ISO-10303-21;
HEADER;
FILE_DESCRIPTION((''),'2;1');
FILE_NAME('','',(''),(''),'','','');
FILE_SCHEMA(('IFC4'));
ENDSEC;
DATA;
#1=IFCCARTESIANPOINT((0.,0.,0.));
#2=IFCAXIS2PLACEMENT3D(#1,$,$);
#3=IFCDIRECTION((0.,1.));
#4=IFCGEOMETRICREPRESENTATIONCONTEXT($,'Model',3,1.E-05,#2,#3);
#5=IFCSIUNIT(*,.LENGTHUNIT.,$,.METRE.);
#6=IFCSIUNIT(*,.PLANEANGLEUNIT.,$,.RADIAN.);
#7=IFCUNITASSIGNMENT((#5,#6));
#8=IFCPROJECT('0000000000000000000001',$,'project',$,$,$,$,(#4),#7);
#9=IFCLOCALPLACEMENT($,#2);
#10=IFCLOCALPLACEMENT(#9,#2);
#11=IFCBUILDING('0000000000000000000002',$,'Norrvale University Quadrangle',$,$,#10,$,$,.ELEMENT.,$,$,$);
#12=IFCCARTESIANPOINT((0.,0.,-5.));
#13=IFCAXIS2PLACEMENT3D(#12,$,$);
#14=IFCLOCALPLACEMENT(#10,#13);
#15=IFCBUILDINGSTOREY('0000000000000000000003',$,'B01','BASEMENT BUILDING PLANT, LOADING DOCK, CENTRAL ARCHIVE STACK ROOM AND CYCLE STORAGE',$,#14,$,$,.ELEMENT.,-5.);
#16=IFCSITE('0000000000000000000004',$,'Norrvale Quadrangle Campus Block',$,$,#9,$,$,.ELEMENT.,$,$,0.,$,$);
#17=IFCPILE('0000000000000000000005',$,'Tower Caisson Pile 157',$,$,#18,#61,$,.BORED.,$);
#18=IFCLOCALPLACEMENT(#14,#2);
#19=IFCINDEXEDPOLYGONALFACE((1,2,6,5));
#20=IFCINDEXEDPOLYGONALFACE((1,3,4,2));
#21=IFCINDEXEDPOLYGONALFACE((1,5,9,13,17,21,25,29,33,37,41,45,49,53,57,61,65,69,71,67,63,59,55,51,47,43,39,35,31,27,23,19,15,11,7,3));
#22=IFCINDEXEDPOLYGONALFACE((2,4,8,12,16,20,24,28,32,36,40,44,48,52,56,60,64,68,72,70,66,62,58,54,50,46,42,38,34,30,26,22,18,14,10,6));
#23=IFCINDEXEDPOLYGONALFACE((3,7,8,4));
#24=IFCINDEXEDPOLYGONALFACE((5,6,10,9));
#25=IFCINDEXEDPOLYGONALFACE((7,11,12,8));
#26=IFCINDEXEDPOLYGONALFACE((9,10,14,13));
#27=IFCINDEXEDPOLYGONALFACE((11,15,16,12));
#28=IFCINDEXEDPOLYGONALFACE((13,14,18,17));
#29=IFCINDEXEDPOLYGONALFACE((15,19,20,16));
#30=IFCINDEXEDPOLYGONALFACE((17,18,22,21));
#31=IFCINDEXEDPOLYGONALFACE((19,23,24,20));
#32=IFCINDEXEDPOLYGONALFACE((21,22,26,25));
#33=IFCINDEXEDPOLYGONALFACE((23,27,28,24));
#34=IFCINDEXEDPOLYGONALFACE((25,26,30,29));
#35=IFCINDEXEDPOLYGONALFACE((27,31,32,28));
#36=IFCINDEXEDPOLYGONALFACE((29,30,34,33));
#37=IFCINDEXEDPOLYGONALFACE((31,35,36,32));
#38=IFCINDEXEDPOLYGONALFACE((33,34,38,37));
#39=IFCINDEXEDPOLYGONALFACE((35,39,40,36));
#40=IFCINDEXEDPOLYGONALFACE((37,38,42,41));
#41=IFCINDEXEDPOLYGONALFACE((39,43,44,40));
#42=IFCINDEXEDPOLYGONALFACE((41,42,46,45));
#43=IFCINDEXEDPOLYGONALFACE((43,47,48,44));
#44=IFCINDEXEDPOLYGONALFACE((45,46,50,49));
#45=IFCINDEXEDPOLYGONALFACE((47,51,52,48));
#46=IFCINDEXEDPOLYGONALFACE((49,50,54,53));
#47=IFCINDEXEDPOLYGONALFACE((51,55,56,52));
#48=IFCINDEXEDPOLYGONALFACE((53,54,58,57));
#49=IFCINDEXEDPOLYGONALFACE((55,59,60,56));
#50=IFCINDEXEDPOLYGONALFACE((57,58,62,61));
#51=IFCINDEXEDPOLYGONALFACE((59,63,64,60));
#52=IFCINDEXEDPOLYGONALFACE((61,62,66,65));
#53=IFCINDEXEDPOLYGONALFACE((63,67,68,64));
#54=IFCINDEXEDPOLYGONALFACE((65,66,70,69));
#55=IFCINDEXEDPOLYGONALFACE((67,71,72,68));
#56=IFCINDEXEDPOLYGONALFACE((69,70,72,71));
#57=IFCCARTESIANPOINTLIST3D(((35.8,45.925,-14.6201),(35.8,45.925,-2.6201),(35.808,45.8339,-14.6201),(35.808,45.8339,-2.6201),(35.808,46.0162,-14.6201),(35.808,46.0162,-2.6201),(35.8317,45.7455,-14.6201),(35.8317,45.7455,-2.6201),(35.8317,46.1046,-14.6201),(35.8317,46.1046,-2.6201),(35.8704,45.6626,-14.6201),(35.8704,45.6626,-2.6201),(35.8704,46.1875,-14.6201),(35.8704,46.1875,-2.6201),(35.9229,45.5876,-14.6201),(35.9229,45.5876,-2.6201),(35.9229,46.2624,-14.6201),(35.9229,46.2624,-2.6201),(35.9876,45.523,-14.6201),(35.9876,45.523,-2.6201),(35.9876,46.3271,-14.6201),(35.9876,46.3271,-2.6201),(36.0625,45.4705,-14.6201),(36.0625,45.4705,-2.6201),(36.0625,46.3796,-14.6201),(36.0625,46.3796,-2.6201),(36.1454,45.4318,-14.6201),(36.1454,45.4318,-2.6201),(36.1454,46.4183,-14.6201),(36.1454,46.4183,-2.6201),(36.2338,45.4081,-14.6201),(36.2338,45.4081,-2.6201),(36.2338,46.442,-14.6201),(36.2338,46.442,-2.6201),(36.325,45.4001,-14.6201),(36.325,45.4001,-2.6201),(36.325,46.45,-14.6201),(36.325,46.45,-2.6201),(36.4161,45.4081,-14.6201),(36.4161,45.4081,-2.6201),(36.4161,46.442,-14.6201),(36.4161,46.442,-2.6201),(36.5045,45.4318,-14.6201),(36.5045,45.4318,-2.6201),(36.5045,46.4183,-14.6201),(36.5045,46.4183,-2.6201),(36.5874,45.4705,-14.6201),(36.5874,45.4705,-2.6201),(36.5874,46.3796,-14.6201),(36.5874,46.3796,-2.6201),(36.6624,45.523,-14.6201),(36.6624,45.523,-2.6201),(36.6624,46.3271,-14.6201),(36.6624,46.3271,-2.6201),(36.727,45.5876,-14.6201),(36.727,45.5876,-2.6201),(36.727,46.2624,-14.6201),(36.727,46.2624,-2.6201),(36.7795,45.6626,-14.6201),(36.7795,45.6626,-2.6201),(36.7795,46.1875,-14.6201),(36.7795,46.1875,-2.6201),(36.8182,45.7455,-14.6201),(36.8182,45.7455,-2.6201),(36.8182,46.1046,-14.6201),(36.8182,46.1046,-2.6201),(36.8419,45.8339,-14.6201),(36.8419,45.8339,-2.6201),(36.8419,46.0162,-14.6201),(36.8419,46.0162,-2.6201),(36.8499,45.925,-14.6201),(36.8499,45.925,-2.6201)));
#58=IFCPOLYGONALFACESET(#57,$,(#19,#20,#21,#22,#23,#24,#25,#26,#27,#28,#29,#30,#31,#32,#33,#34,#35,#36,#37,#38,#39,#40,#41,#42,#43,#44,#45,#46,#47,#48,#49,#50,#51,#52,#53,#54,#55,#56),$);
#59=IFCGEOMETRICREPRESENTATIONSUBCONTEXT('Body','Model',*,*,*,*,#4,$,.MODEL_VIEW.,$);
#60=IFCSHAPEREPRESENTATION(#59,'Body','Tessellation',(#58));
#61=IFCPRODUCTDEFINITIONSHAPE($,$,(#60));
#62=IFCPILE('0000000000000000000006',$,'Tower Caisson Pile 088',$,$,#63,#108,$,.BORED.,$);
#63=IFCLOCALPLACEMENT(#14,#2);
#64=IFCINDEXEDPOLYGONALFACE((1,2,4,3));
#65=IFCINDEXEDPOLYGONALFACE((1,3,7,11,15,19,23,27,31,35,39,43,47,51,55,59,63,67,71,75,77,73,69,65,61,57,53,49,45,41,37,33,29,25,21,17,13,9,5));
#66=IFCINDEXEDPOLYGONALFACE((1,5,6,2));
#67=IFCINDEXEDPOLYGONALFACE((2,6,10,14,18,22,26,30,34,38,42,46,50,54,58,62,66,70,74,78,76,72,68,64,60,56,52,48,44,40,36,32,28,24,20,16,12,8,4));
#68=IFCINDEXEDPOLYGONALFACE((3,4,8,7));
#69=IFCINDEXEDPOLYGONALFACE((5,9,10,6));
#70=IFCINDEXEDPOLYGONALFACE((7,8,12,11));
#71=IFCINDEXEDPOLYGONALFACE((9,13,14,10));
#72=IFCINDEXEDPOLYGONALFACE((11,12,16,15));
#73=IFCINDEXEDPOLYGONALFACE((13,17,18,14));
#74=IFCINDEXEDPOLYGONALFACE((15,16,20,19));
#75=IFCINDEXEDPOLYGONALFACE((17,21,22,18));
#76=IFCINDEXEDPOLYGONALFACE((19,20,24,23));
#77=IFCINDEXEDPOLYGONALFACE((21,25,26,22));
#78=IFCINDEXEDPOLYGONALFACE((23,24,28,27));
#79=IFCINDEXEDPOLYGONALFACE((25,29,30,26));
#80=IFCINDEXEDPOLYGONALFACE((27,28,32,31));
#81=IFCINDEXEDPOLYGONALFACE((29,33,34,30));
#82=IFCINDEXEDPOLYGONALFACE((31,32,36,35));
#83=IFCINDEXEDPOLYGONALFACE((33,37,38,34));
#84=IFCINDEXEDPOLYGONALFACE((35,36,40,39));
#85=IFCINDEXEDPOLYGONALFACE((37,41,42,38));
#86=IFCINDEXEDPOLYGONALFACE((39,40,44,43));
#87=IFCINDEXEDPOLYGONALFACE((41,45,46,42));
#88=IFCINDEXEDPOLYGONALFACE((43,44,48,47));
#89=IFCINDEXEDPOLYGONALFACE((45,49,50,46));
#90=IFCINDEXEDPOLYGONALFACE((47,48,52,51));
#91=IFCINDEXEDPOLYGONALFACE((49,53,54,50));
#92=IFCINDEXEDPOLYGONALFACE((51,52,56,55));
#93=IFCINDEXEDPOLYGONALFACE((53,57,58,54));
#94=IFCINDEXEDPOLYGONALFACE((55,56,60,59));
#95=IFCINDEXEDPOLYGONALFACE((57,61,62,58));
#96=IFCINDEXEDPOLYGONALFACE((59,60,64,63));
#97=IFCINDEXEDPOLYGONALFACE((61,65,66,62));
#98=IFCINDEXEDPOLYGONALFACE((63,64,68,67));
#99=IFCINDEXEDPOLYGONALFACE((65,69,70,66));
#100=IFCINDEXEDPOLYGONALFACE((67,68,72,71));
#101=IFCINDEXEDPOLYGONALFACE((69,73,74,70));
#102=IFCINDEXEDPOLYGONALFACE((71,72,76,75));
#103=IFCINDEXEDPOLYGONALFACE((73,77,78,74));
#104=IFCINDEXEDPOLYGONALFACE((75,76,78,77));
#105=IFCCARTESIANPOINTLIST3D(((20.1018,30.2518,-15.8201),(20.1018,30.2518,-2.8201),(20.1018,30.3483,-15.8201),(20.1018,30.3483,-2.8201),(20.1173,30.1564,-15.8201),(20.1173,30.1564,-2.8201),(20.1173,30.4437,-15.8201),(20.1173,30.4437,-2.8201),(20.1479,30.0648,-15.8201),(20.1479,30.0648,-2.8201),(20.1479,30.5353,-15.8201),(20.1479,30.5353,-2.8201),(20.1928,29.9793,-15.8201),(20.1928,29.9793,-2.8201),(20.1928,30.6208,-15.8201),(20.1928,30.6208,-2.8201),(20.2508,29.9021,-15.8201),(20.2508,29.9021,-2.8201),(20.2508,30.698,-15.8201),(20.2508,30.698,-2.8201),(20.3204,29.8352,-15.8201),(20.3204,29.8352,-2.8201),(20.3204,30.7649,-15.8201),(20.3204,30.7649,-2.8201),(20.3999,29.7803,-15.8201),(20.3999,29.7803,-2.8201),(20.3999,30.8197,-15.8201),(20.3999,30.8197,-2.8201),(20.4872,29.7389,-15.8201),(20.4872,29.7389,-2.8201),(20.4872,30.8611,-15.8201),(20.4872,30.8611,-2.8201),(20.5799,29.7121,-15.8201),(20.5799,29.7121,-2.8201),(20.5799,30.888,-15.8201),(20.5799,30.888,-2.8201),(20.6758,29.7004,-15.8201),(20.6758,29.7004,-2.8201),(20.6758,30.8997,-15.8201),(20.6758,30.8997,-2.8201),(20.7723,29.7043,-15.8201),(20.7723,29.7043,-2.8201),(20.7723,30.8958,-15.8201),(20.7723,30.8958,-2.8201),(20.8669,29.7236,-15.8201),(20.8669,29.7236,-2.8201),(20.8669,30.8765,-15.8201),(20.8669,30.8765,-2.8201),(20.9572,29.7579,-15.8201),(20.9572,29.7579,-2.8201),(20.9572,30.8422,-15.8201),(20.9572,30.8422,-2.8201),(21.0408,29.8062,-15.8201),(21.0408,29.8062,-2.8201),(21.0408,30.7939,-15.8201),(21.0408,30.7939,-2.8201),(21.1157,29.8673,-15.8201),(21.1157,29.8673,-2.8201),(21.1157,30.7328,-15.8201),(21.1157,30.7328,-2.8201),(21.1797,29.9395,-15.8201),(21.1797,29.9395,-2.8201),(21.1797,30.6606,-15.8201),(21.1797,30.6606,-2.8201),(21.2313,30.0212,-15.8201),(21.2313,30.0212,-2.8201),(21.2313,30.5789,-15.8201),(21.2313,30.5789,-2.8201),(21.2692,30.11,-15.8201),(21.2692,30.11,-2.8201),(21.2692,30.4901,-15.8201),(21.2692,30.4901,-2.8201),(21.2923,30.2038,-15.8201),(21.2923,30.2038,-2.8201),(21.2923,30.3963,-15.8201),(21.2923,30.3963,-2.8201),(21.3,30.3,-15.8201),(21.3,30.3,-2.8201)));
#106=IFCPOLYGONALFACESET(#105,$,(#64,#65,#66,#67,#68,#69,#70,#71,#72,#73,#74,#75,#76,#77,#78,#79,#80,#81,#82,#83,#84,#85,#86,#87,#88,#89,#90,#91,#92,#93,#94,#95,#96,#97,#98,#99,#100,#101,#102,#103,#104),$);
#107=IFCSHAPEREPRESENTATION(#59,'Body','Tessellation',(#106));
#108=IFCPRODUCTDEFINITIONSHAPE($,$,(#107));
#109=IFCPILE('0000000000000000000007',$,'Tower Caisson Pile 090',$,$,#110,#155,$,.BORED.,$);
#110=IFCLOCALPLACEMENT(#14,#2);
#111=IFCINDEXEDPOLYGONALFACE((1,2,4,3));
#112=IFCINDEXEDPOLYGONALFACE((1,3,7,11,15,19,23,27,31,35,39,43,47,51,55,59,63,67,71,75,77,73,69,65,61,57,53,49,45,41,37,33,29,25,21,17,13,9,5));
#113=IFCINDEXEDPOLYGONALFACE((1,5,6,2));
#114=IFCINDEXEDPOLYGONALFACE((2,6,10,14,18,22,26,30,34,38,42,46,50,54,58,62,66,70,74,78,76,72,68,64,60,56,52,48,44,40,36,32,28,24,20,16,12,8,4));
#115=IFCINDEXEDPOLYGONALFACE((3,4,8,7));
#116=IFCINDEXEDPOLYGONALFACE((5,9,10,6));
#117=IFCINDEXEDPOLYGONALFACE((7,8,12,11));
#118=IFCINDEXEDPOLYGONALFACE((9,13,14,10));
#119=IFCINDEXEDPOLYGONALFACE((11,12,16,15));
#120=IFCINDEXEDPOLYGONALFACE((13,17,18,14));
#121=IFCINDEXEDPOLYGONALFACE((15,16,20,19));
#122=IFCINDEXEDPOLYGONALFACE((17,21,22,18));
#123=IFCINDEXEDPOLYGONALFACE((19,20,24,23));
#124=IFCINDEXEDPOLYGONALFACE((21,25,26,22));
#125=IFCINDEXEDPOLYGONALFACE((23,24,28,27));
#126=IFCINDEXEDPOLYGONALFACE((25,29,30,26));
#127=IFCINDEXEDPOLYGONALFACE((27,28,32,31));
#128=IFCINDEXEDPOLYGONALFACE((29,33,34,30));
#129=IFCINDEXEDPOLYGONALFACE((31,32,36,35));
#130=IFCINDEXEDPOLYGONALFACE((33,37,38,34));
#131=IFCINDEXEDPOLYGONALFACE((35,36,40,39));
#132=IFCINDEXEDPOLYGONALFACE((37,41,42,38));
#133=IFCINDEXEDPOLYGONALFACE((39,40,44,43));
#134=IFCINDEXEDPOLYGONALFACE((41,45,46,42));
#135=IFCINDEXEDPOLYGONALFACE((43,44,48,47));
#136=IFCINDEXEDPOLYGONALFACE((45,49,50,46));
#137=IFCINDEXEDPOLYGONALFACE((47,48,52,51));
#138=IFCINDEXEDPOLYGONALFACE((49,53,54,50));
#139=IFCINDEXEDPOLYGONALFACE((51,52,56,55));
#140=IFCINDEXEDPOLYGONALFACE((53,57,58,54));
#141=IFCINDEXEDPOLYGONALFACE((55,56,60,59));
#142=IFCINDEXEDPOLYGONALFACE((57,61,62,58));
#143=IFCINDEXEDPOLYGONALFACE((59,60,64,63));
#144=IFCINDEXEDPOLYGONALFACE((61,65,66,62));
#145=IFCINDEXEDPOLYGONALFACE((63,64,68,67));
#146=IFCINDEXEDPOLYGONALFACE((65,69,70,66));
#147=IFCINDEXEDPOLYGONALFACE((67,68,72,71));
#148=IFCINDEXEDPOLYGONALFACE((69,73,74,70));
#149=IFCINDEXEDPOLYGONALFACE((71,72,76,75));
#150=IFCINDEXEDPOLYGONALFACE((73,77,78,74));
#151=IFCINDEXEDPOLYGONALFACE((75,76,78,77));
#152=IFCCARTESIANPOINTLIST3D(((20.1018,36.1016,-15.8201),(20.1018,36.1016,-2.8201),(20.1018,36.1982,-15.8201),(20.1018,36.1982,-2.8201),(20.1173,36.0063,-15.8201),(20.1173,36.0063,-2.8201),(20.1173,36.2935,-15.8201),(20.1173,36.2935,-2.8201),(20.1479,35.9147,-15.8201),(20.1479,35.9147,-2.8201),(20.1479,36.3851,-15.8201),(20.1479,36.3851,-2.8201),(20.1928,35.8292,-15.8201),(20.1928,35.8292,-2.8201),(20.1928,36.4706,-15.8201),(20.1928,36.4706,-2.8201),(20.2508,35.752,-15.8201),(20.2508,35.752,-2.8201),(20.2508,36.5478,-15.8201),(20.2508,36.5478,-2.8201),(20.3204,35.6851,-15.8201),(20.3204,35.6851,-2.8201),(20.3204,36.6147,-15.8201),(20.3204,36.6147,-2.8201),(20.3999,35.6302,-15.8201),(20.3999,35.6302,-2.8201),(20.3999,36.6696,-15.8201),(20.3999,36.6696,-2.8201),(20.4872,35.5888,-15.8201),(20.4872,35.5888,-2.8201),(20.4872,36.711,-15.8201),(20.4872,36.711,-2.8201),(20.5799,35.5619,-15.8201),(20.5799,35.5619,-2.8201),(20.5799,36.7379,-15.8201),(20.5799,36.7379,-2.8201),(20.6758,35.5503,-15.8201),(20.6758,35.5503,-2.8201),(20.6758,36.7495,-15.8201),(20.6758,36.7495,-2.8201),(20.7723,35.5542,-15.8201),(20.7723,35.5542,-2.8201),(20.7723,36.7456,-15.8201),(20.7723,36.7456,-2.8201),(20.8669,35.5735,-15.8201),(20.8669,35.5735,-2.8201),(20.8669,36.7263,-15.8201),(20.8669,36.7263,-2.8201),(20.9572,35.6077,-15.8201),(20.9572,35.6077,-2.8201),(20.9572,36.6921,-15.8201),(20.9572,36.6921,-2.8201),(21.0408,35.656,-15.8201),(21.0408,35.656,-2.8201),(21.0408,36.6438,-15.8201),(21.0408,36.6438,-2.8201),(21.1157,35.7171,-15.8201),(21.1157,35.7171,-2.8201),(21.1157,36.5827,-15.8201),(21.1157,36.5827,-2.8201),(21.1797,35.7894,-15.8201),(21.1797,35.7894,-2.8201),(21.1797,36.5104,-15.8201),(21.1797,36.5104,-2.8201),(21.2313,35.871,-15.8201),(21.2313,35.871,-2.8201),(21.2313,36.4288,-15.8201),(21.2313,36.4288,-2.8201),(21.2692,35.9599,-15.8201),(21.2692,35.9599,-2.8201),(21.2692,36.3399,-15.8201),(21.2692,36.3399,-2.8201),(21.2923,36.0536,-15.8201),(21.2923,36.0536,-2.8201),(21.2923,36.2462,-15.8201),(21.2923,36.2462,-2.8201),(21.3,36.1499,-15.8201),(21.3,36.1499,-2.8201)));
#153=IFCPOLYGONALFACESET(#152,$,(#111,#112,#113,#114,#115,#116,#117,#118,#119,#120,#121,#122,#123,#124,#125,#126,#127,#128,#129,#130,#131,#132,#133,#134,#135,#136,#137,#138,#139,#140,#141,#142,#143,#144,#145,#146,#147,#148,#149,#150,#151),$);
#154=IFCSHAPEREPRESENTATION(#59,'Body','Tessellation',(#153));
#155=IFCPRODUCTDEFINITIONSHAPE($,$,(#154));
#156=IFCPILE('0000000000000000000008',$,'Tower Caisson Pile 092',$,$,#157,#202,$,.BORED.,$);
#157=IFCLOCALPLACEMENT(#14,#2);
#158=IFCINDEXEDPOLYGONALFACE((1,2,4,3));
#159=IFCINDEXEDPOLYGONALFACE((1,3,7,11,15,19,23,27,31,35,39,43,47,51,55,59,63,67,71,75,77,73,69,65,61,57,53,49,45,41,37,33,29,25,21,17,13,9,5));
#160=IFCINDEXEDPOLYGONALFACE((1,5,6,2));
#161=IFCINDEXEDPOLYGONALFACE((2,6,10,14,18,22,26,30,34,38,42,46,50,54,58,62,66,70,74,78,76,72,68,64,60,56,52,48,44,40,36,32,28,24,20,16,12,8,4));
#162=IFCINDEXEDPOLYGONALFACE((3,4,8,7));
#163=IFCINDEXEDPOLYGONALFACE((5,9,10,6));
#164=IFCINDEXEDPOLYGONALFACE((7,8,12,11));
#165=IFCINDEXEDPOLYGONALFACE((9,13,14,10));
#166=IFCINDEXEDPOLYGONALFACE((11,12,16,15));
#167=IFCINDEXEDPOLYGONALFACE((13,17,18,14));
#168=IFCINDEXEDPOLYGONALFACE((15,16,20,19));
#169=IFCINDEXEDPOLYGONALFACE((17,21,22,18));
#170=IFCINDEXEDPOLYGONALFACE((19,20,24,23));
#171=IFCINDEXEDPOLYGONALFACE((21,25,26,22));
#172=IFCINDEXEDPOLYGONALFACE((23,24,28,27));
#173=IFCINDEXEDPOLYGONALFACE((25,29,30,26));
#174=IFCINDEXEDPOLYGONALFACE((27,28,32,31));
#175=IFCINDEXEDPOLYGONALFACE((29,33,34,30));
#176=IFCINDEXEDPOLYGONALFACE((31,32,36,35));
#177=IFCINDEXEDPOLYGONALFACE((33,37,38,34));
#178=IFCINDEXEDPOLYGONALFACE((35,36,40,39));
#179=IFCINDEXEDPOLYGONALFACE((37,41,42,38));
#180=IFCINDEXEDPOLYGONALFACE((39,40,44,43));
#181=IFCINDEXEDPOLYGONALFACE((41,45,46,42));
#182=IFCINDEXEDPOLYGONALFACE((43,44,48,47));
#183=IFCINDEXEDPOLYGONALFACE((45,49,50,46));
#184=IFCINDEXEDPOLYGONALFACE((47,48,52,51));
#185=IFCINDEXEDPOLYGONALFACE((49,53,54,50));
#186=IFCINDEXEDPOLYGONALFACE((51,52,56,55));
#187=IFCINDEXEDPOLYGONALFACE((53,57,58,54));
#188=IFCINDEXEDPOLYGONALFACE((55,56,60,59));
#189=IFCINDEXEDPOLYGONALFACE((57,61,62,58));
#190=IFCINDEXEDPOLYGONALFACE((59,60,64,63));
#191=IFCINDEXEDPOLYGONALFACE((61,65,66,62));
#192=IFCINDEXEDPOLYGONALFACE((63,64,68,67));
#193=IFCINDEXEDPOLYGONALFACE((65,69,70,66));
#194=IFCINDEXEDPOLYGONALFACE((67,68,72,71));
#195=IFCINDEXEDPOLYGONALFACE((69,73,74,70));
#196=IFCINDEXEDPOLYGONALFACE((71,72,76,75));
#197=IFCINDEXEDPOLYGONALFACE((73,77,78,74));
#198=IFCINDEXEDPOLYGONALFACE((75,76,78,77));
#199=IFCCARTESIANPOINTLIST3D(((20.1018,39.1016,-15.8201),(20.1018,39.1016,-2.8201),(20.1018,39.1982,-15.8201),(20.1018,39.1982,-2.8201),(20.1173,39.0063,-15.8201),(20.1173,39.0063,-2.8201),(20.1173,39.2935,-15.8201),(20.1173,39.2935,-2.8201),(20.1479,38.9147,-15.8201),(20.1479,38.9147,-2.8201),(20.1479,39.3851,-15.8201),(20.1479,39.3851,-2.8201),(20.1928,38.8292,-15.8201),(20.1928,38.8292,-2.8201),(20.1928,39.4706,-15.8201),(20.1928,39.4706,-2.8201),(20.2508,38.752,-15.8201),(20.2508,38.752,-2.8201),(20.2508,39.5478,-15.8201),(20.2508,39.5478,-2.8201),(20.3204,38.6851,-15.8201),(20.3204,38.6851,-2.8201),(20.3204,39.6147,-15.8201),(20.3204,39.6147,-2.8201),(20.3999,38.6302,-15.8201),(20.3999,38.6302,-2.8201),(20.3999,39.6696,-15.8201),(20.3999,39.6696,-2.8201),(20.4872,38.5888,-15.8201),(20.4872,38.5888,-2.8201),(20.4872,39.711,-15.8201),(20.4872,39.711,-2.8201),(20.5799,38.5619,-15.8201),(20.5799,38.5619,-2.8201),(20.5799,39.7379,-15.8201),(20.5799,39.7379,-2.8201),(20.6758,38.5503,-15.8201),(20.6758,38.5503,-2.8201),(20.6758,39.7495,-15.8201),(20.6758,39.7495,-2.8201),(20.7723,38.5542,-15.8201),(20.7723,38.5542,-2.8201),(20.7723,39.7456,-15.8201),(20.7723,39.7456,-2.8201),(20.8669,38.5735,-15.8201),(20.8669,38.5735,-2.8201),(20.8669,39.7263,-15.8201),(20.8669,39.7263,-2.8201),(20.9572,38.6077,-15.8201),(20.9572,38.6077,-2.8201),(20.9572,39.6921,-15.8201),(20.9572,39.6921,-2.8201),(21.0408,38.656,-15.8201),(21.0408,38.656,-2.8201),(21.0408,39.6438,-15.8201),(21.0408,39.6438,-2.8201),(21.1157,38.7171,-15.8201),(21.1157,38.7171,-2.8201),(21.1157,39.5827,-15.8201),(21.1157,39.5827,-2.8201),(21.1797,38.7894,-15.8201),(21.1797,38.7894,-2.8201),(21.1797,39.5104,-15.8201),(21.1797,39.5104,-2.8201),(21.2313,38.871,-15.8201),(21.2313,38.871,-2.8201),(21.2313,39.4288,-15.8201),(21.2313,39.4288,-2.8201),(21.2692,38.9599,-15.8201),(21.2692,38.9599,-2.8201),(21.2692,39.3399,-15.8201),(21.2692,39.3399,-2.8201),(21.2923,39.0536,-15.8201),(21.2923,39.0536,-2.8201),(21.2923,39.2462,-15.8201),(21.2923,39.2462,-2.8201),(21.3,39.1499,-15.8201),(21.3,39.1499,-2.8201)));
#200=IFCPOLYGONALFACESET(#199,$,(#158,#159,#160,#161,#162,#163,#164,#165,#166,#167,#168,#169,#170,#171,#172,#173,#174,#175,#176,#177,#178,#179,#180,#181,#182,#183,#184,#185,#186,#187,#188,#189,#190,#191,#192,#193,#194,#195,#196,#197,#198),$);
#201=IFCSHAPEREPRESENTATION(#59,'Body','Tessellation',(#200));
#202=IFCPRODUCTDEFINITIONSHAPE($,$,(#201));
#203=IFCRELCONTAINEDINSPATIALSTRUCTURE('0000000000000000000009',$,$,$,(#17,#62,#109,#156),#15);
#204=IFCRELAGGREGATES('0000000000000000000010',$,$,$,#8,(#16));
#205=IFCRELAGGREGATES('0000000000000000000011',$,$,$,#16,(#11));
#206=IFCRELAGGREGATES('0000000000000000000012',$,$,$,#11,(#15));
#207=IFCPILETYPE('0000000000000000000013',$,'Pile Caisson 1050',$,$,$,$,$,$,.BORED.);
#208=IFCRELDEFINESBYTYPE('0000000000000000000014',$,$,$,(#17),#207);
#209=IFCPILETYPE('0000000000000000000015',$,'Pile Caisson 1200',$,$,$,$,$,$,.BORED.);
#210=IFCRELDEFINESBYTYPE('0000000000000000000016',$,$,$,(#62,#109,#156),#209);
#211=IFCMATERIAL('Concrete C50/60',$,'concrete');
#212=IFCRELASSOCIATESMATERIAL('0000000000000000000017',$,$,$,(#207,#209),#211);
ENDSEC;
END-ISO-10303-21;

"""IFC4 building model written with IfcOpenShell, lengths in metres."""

from ifc_helpers import new_model, si_unit, direction, frame, origin, origin_2d, place, context, subcontext, project, spatial, circle, extrude, material, material_profile, profile_set, type_object, element, save


model = new_model("IFC4")

# Units and contexts
model_context = context("Model", 3, precision=1e-05, world=origin(), true_north=direction((0.0, 1.0)))
body_context = subcontext(model_context, "Body", "Model", "MODEL_VIEW")
ifc_project = project(units=[si_unit("LENGTHUNIT", "METRE"), si_unit("PLANEANGLEUNIT", "RADIAN")], contexts=[model_context])

# Site, building, storey
site_placement = place(None, origin())
site = spatial("IfcSite", under=ifc_project, at=site_placement, Name="Norrvale Quadrangle Campus Block", CompositionType="ELEMENT", RefElevation=0.0)
building_placement = place(site_placement, origin())
building = spatial("IfcBuilding", under=site, at=building_placement, Name="Norrvale University Quadrangle", CompositionType="ELEMENT")
storey_placement = place(building_placement, frame((0.0, 0.0, -5.0)))
storey = spatial("IfcBuildingStorey", under=building, at=storey_placement, Name="B01", Description="BASEMENT BUILDING PLANT, LOADING DOCK, CENTRAL ARCHIVE STACK ROOM AND CYCLE STORAGE", CompositionType="ELEMENT", Elevation=-5.0)

# Shared definitions
ifc_material_1 = material(Name="Concrete C50/60", Category="concrete")

# Piles
ifc_material_profile_1 = material_profile(ifc_material_1, circle(Radius=0.5249, at=origin_2d()), Name="Concrete C50/60")
ifc_profile_set_1 = profile_set([ifc_material_profile_1], Name="Concrete C50/60")
pile_type_1 = type_object("IfcPileType", Name="Pile Caisson 1050", PredefinedType="BORED", material=ifc_profile_set_1)
for number, where, z_axis, x_axis, name in (
    (1, (36.325, 45.925, -2.6201), (0.0, 0.0, -1.0), (1.0, 0.0, 0.0), "Tower Caisson Pile 157"),
):
    element("IfcPile", number, at=place(storey_placement, frame(where, z_axis=z_axis, x_axis=x_axis)), inside=storey, type_object=pile_type_1, Name=name, PredefinedType="BORED", context=body_context, shape_type="SweptSolid", body=[
        extrude(circle(Radius=0.5249, at=origin_2d()), origin(), (0.0, 0.0, 1.0), 12.0),
    ])
ifc_material_profile_2 = material_profile(ifc_material_1, circle(Radius=0.6001, at=origin_2d()), Name="Concrete C50/60")
ifc_profile_set_2 = profile_set([ifc_material_profile_2], Name="Concrete C50/60")
pile_type_2 = type_object("IfcPileType", Name="Pile Caisson 1200", PredefinedType="BORED", material=ifc_profile_set_2)
for number, where, z_axis, x_axis, name in (
    (2, (20.7, 30.3, -2.8201), (0.0, 0.0, -1.0), (1.0, 0.0, 0.0), "Tower Caisson Pile 088"),
    (3, (20.7, 36.1499, -2.8201), (0.0, 0.0, -1.0), (1.0, 0.0, 0.0), "Tower Caisson Pile 090"),
    (4, (20.7, 39.1499, -2.8201), (0.0, 0.0, -1.0), (1.0, 0.0, 0.0), "Tower Caisson Pile 092"),
):
    element("IfcPile", number, at=place(storey_placement, frame(where, z_axis=z_axis, x_axis=x_axis)), inside=storey, type_object=pile_type_2, Name=name, PredefinedType="BORED", context=body_context, shape_type="SweptSolid", body=[
        extrude(circle(Radius=0.6001, at=origin_2d()), origin(), (0.0, 0.0, 1.0), 13.0),
    ])

save(model, "model.ifc")
